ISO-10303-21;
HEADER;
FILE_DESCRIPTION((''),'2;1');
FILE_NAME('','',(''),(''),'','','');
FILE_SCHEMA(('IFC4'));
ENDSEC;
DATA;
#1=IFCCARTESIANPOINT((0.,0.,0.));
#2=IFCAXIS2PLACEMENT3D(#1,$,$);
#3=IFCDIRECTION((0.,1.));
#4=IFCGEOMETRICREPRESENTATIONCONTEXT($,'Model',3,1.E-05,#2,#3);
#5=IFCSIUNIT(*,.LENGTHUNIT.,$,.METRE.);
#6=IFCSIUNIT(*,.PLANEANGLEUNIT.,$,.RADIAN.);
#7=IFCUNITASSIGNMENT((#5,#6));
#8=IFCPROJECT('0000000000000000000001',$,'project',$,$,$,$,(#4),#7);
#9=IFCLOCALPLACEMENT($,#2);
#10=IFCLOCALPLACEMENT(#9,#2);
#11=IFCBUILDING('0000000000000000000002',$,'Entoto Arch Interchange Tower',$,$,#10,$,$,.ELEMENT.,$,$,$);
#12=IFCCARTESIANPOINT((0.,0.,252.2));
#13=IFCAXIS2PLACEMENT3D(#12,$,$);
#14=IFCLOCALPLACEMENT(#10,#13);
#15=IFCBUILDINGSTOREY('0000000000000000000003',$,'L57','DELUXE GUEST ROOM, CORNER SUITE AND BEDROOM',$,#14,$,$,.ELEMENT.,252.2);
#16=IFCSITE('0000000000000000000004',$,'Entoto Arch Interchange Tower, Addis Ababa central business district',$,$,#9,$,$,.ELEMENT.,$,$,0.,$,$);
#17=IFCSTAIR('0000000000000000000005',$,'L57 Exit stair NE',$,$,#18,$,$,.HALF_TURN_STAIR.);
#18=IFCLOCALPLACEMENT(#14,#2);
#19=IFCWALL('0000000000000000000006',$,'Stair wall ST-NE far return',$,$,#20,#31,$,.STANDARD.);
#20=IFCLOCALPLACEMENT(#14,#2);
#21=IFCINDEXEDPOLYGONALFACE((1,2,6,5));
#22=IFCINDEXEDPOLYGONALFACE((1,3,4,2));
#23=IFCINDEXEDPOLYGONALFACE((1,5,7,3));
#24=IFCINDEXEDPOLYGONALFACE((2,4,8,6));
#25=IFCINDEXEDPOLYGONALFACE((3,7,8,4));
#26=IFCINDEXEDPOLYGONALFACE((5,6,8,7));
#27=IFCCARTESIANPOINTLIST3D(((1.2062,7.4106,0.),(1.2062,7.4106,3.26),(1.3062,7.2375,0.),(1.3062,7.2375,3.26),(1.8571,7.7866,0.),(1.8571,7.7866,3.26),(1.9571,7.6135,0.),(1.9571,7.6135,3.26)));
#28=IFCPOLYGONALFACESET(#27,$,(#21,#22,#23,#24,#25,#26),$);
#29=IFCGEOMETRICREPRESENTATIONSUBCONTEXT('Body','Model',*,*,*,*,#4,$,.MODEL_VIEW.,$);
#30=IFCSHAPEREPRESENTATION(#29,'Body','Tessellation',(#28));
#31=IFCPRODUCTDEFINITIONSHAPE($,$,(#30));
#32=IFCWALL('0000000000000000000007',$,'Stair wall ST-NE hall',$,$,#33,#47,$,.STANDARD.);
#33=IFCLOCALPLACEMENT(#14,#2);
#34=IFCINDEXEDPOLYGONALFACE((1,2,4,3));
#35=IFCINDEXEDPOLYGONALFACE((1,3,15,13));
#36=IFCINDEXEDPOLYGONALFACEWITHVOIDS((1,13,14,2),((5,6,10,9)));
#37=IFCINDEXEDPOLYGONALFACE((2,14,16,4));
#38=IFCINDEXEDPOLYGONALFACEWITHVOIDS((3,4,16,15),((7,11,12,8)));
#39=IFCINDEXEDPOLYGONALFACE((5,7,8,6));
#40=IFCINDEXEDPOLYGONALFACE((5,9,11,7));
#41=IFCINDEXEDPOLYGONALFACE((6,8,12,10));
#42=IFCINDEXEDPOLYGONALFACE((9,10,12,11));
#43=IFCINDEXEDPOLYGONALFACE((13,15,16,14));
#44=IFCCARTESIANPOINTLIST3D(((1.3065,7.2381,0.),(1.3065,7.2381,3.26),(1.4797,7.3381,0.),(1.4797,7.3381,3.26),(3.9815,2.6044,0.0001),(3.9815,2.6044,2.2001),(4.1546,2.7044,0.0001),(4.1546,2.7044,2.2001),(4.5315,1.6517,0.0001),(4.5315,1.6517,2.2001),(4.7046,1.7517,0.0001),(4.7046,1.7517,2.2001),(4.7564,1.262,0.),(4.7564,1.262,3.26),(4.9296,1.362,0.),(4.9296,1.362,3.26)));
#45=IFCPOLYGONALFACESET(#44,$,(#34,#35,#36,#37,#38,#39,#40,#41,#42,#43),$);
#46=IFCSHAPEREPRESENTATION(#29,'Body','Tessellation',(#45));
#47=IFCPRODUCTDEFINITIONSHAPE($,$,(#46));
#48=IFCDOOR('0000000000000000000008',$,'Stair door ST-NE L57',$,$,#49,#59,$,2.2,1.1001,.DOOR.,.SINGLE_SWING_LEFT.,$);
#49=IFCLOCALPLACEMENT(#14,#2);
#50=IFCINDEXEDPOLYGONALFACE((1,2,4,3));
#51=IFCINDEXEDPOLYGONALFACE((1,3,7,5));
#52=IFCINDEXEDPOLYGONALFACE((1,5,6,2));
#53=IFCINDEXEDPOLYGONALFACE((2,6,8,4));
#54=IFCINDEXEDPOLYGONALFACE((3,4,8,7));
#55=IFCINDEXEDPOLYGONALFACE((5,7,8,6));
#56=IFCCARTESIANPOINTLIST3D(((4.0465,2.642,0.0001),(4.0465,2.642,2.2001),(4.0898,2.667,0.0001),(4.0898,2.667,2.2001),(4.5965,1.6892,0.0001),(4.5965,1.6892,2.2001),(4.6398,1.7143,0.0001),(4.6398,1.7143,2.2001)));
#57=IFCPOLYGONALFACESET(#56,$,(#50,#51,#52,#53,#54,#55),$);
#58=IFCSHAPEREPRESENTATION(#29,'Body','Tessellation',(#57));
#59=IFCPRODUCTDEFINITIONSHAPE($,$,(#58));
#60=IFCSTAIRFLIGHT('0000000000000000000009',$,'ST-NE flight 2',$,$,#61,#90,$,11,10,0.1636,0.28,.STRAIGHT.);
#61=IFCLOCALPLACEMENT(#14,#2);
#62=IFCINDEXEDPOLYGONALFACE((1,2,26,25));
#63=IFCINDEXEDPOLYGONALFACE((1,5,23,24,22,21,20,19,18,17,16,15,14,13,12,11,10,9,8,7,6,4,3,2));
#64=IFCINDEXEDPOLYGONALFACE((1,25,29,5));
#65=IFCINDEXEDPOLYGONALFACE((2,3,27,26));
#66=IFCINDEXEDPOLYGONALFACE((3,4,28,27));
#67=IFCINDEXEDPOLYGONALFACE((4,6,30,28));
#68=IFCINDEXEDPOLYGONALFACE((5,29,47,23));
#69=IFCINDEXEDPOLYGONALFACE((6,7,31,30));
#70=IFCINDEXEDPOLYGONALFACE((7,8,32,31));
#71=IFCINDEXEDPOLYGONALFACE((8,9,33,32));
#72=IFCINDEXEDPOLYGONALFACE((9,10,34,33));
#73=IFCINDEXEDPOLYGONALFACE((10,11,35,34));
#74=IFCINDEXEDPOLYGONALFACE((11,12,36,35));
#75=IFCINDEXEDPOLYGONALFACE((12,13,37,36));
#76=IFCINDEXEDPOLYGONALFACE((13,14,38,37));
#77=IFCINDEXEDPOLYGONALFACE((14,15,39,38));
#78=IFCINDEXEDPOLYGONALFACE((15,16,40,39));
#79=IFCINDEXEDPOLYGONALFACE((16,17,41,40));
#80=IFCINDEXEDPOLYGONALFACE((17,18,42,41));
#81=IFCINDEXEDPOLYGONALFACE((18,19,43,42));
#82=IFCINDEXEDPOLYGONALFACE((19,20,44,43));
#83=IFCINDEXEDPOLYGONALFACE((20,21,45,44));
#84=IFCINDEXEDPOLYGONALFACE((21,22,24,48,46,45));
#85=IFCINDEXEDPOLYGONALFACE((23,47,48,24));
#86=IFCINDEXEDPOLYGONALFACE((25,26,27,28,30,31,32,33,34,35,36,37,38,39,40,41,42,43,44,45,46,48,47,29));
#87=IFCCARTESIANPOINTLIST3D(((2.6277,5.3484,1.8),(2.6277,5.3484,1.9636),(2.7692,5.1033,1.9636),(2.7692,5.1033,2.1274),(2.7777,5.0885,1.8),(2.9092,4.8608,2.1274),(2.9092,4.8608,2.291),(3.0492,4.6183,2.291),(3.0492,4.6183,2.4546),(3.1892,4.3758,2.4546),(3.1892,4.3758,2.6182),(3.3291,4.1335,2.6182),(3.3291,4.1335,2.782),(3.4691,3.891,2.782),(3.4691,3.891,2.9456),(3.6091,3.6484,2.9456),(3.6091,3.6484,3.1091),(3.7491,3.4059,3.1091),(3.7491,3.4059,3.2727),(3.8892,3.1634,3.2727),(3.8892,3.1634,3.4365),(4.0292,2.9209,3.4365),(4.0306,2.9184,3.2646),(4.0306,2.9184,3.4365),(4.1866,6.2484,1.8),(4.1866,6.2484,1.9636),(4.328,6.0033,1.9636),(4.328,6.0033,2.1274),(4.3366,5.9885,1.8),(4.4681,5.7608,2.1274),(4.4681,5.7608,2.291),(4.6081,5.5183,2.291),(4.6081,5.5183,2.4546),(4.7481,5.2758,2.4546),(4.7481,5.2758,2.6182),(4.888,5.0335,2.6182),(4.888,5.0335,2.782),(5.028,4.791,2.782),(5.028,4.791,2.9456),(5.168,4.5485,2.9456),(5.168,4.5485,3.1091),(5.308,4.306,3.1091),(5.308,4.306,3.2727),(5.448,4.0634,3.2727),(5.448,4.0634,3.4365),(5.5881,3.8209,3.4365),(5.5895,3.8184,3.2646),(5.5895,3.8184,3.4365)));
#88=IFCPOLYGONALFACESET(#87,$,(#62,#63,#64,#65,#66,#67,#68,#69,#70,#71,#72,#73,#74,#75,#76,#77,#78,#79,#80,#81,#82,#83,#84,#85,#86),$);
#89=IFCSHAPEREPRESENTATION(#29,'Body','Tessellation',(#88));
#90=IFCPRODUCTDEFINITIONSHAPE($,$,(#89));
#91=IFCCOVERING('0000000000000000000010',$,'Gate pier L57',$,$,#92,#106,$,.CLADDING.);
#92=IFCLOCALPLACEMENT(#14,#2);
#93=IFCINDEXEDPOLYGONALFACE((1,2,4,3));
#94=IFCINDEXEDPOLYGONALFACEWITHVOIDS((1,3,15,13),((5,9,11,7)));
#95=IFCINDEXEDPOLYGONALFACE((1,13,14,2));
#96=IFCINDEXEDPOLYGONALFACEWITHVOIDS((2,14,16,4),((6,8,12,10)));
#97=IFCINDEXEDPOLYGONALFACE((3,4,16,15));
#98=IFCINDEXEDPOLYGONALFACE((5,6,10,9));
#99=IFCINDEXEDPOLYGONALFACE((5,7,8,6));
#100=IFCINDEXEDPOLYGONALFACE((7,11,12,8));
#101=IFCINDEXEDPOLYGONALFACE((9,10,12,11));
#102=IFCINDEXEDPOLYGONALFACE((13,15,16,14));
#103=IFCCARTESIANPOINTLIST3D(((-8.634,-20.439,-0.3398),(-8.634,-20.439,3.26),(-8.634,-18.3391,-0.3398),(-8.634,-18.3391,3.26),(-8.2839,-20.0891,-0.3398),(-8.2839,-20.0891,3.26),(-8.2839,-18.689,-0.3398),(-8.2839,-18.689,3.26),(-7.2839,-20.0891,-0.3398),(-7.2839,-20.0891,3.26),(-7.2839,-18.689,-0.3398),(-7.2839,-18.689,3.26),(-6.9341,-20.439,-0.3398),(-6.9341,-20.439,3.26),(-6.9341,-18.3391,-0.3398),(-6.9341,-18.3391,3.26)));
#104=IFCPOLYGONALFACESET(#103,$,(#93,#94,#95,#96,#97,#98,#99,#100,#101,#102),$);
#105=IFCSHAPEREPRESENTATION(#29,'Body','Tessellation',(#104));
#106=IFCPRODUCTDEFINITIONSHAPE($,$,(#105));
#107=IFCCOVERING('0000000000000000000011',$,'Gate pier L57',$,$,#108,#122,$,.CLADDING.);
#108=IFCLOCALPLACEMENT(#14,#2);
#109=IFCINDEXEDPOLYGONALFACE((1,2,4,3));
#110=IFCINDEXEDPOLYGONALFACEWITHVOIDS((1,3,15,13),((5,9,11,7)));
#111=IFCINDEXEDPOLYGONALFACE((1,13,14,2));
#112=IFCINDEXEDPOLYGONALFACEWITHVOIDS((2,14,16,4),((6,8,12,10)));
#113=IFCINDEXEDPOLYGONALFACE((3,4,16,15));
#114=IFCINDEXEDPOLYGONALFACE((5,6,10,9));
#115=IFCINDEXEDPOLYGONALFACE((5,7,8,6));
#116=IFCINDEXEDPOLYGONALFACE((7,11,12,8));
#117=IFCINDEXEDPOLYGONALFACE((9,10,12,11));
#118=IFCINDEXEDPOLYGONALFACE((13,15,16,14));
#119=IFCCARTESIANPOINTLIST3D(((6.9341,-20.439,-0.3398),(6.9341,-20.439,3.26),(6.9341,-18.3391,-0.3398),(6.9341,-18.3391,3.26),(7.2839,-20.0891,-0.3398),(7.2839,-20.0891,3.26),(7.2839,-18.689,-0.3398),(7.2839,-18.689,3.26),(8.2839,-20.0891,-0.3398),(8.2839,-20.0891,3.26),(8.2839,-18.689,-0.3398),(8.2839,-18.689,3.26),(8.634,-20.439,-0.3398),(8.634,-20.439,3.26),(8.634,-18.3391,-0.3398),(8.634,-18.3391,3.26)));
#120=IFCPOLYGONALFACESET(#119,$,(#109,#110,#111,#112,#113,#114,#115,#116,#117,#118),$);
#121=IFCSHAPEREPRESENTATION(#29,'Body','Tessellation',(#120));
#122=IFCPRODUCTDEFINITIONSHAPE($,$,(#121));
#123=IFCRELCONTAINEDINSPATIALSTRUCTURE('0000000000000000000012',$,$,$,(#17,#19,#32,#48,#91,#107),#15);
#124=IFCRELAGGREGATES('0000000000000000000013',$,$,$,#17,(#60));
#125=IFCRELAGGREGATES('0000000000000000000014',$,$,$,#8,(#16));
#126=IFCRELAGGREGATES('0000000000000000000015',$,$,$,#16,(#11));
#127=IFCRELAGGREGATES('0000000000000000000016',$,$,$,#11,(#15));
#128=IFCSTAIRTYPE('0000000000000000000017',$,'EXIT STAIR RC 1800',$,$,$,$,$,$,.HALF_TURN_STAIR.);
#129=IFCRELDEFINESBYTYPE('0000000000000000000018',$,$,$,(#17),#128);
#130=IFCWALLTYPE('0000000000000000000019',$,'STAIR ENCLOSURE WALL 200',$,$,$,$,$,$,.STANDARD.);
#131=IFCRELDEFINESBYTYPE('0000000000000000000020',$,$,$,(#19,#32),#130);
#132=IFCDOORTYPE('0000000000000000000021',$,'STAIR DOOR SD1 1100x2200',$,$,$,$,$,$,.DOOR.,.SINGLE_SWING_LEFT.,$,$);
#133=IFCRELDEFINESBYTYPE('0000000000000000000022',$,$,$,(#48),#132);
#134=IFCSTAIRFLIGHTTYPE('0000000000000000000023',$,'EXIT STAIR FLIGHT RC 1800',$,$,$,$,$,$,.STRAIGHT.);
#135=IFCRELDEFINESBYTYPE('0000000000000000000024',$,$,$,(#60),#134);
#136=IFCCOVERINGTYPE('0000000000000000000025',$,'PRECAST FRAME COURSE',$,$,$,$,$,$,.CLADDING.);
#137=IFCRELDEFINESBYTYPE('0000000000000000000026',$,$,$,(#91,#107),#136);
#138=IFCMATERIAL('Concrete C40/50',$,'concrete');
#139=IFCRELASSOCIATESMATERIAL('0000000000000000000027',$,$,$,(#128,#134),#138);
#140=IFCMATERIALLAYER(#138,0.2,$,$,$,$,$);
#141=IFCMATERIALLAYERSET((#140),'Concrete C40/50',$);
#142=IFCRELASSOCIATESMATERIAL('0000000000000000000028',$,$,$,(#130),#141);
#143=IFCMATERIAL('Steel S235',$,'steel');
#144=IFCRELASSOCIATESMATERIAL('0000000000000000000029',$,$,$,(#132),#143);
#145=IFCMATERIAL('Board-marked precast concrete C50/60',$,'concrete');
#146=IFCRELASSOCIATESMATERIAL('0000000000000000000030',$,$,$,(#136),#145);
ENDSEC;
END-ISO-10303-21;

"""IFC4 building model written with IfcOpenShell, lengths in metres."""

from ifc_helpers import new_model, si_unit, direction, frame, frame_2d, origin, place, context, subcontext, project, spatial, polyline, rectangle, outline, extrude, material, layer, layer_set, type_object, element, fill, aggregate, save


model = new_model("IFC4")

# Units and contexts
model_context = context("Model", 3, precision=1e-05, world=origin(), true_north=direction((0.0, 1.0)))
body_context = subcontext(model_context, "Body", "Model", "MODEL_VIEW")
ifc_project = project(units=[si_unit("LENGTHUNIT", "METRE"), si_unit("PLANEANGLEUNIT", "RADIAN")], contexts=[model_context])

# Site, building, storey
site_placement = place(None, origin())
site = spatial("IfcSite", under=ifc_project, at=site_placement, Name="Entoto Arch Interchange Tower, Addis Ababa central business district", CompositionType="ELEMENT", RefElevation=0.0)
building_placement = place(site_placement, origin())
building = spatial("IfcBuilding", under=site, at=building_placement, Name="Entoto Arch Interchange Tower", CompositionType="ELEMENT")
storey_placement = place(building_placement, frame((0.0, 0.0, 252.2)))
storey = spatial("IfcBuildingStorey", under=building, at=storey_placement, Name="L57", Description="DELUXE GUEST ROOM, CORNER SUITE AND BEDROOM", CompositionType="ELEMENT", Elevation=252.2)

# Shared definitions
ifc_material_1 = material(Name="Concrete C40/50", Category="concrete")

# Stair
stair_type = type_object("IfcStairType", Name="EXIT STAIR RC 1800", PredefinedType="HALF_TURN_STAIR", material=ifc_material_1)
stair_1_placement = place(storey_placement, origin())
stair_1 = element("IfcStair", 1, at=stair_1_placement, inside=storey, type_object=stair_type, Name="L57 Exit stair NE", PredefinedType="HALF_TURN_STAIR")

# Shared definitions
ifc_layer_1 = layer(ifc_material_1, 0.2)
ifc_layer_set_1 = layer_set([ifc_layer_1], Name="Concrete C40/50")
wall_type_1 = type_object("IfcWallType", Name="STAIR ENCLOSURE WALL 200", PredefinedType="STANDARD", material=ifc_layer_set_1)
ifc_material_2 = material(Name="Steel S235", Category="steel")
door_type_1 = type_object("IfcDoorType", Name="STAIR DOOR SD1 1100x2200", OperationType="SINGLE_SWING_LEFT", PredefinedType="DOOR", material=ifc_material_2)

# Wall
wall_1_placement = place(storey_placement, frame((1.2561, 7.324, 0.0), z_axis=(0.0, 0.0, 1.0), x_axis=(0.865915, 0.500191, 0.0)))
element("IfcWall", 2, at=wall_1_placement, inside=storey, type_object=wall_type_1, Name="Stair wall ST-NE far return", PredefinedType="STANDARD", context=body_context, shape_type="SweptSolid", body=[
    extrude(rectangle(XDim=0.7517, YDim=0.2, at=frame_2d((0.376, 0.0))), origin(), (0.0, 0.0, 1.0), 3.26),
])

# Wall, opening, door
wall_2_placement = place(storey_placement, frame((4.843, 1.312, 0.0), z_axis=(0.0, 0.0, 1.0), x_axis=(-0.499963, 0.866047, 0.0)))
wall_2 = element("IfcWall", 3, at=wall_2_placement, inside=storey, type_object=wall_type_1, Name="Stair wall ST-NE hall", PredefinedType="STANDARD", context=body_context, shape_type="SweptSolid", body=[
    extrude(rectangle(XDim=6.9004, YDim=0.2, at=frame_2d((3.4502, 0.0))), origin(), (0.0, 0.0, 1.0), 3.26),
])
opening_1_placement = place(wall_2_placement, frame((0.45, 0.0, 0.0)))
opening_1 = element("IfcOpeningElement", 4, at=opening_1_placement, cuts=wall_2, PredefinedType="OPENING", context=body_context, shape_type="SweptSolid", body=[
    extrude(rectangle(XDim=1.1001, YDim=2.2, at=frame_2d((0.55, 1.1001))), frame((0.0, 0.1099, 0.0), z_axis=(0.0, -1.0, 0.0), x_axis=(1.0, 0.0, 0.0)), (0.0, 0.0, 1.0), 0.22),
])
door_1_placement = place(opening_1_placement, origin())
door_1 = element("IfcDoor", 5, at=door_1_placement, inside=storey, type_object=door_type_1, Name="Stair door ST-NE L57", OperationType="SINGLE_SWING_LEFT", OverallHeight=2.2, OverallWidth=1.1001, PredefinedType="DOOR", context=body_context, shape_type="SweptSolid", body=[
    extrude(rectangle(XDim=1.1001, YDim=2.2, at=frame_2d((0.55, 1.1001))), frame((0.0, 0.0249, 0.0), z_axis=(0.0, -1.0, 0.0), x_axis=(1.0, 0.0, 0.0)), (0.0, 0.0, 1.0), 0.05),
])
fill(opening_1, door_1)

# Stair flight
stair_flight_type = type_object("IfcStairFlightType", Name="EXIT STAIR FLIGHT RC 1800", PredefinedType="STRAIGHT", material=ifc_material_1)
stair_flight_placement = place(storey_placement, frame((3.4087, 5.7959, 1.8), z_axis=(0.0, 0.0, 1.0), x_axis=(0.5, -0.866025, 0.0)))
stair_flight = element("IfcStairFlight", 6, at=stair_flight_placement, type_object=stair_flight_type, Name="ST-NE flight 2", NumberOfRisers=11, NumberOfTreads=10, PredefinedType="STRAIGHT", RiserHeight=0.1636, TreadLength=0.28, context=body_context, shape_type="SweptSolid", body=[
    extrude(outline(polyline([(-0.0029, 0.0), (-0.0029, 0.1636), (0.28, 0.1636), (0.28, 0.3274), (0.5601, 0.3274), (0.5601, 0.491), (0.8401, 0.491), (0.8401, 0.6545), (1.1201, 0.6545), (1.1201, 0.8181), (1.3999, 0.8181), (1.3999, 0.9819), (1.6799, 0.9819), (1.6799, 1.1455), (1.96, 1.1455), (1.96, 1.3091), (2.24, 1.3091), (2.24, 1.4727), (2.52, 1.4727), (2.52, 1.6365), (2.8, 1.6365), (2.803, 1.6365), (2.803, 1.4646), (0.2971, 0.0), (-0.0029, 0.0)])), frame((0.0, 0.8999, 0.0), z_axis=(0.0, -1.0, 0.0), x_axis=(1.0, 0.0, 0.0)), (0.0, 0.0, 1.0), 1.8),
])
aggregate(stair_1, [stair_flight])

# Coverings
ifc_material_3 = material(Name="Board-marked precast concrete C50/60", Category="concrete")
covering_type = type_object("IfcCoveringType", Name="PRECAST FRAME COURSE", PredefinedType="CLADDING", material=ifc_material_3)
covering_1_placement = place(storey_placement, frame((0.0, 0.0, -0.3398)))
element("IfcCovering", 7, at=covering_1_placement, inside=storey, type_object=covering_type, Name="Gate pier L57", PredefinedType="CLADDING", context=body_context, shape_type="SweptSolid", body=[
    extrude(outline(polyline([(-8.634, -18.3391), (-6.9341, -18.3391), (-6.9341, -20.439), (-8.634, -20.439), (-8.634, -18.3391)]), holes=[polyline([(-8.2839, -18.689), (-8.2839, -20.0891), (-7.2839, -20.0891), (-7.2839, -18.689), (-8.2839, -18.689)])]), origin(), (0.0, 0.0, 1.0), 3.5999),
])
covering_2_placement = place(storey_placement, frame((0.0, 0.0, -0.3398)))
element("IfcCovering", 8, at=covering_2_placement, inside=storey, type_object=covering_type, Name="Gate pier L57", PredefinedType="CLADDING", context=body_context, shape_type="SweptSolid", body=[
    extrude(outline(polyline([(6.9341, -18.3391), (8.634, -18.3391), (8.634, -20.439), (6.9341, -20.439), (6.9341, -18.3391)]), holes=[polyline([(7.2839, -18.689), (7.2839, -20.0891), (8.2839, -20.0891), (8.2839, -18.689), (7.2839, -18.689)])]), origin(), (0.0, 0.0, 1.0), 3.5999),
])

save(model, "model.ifc")
